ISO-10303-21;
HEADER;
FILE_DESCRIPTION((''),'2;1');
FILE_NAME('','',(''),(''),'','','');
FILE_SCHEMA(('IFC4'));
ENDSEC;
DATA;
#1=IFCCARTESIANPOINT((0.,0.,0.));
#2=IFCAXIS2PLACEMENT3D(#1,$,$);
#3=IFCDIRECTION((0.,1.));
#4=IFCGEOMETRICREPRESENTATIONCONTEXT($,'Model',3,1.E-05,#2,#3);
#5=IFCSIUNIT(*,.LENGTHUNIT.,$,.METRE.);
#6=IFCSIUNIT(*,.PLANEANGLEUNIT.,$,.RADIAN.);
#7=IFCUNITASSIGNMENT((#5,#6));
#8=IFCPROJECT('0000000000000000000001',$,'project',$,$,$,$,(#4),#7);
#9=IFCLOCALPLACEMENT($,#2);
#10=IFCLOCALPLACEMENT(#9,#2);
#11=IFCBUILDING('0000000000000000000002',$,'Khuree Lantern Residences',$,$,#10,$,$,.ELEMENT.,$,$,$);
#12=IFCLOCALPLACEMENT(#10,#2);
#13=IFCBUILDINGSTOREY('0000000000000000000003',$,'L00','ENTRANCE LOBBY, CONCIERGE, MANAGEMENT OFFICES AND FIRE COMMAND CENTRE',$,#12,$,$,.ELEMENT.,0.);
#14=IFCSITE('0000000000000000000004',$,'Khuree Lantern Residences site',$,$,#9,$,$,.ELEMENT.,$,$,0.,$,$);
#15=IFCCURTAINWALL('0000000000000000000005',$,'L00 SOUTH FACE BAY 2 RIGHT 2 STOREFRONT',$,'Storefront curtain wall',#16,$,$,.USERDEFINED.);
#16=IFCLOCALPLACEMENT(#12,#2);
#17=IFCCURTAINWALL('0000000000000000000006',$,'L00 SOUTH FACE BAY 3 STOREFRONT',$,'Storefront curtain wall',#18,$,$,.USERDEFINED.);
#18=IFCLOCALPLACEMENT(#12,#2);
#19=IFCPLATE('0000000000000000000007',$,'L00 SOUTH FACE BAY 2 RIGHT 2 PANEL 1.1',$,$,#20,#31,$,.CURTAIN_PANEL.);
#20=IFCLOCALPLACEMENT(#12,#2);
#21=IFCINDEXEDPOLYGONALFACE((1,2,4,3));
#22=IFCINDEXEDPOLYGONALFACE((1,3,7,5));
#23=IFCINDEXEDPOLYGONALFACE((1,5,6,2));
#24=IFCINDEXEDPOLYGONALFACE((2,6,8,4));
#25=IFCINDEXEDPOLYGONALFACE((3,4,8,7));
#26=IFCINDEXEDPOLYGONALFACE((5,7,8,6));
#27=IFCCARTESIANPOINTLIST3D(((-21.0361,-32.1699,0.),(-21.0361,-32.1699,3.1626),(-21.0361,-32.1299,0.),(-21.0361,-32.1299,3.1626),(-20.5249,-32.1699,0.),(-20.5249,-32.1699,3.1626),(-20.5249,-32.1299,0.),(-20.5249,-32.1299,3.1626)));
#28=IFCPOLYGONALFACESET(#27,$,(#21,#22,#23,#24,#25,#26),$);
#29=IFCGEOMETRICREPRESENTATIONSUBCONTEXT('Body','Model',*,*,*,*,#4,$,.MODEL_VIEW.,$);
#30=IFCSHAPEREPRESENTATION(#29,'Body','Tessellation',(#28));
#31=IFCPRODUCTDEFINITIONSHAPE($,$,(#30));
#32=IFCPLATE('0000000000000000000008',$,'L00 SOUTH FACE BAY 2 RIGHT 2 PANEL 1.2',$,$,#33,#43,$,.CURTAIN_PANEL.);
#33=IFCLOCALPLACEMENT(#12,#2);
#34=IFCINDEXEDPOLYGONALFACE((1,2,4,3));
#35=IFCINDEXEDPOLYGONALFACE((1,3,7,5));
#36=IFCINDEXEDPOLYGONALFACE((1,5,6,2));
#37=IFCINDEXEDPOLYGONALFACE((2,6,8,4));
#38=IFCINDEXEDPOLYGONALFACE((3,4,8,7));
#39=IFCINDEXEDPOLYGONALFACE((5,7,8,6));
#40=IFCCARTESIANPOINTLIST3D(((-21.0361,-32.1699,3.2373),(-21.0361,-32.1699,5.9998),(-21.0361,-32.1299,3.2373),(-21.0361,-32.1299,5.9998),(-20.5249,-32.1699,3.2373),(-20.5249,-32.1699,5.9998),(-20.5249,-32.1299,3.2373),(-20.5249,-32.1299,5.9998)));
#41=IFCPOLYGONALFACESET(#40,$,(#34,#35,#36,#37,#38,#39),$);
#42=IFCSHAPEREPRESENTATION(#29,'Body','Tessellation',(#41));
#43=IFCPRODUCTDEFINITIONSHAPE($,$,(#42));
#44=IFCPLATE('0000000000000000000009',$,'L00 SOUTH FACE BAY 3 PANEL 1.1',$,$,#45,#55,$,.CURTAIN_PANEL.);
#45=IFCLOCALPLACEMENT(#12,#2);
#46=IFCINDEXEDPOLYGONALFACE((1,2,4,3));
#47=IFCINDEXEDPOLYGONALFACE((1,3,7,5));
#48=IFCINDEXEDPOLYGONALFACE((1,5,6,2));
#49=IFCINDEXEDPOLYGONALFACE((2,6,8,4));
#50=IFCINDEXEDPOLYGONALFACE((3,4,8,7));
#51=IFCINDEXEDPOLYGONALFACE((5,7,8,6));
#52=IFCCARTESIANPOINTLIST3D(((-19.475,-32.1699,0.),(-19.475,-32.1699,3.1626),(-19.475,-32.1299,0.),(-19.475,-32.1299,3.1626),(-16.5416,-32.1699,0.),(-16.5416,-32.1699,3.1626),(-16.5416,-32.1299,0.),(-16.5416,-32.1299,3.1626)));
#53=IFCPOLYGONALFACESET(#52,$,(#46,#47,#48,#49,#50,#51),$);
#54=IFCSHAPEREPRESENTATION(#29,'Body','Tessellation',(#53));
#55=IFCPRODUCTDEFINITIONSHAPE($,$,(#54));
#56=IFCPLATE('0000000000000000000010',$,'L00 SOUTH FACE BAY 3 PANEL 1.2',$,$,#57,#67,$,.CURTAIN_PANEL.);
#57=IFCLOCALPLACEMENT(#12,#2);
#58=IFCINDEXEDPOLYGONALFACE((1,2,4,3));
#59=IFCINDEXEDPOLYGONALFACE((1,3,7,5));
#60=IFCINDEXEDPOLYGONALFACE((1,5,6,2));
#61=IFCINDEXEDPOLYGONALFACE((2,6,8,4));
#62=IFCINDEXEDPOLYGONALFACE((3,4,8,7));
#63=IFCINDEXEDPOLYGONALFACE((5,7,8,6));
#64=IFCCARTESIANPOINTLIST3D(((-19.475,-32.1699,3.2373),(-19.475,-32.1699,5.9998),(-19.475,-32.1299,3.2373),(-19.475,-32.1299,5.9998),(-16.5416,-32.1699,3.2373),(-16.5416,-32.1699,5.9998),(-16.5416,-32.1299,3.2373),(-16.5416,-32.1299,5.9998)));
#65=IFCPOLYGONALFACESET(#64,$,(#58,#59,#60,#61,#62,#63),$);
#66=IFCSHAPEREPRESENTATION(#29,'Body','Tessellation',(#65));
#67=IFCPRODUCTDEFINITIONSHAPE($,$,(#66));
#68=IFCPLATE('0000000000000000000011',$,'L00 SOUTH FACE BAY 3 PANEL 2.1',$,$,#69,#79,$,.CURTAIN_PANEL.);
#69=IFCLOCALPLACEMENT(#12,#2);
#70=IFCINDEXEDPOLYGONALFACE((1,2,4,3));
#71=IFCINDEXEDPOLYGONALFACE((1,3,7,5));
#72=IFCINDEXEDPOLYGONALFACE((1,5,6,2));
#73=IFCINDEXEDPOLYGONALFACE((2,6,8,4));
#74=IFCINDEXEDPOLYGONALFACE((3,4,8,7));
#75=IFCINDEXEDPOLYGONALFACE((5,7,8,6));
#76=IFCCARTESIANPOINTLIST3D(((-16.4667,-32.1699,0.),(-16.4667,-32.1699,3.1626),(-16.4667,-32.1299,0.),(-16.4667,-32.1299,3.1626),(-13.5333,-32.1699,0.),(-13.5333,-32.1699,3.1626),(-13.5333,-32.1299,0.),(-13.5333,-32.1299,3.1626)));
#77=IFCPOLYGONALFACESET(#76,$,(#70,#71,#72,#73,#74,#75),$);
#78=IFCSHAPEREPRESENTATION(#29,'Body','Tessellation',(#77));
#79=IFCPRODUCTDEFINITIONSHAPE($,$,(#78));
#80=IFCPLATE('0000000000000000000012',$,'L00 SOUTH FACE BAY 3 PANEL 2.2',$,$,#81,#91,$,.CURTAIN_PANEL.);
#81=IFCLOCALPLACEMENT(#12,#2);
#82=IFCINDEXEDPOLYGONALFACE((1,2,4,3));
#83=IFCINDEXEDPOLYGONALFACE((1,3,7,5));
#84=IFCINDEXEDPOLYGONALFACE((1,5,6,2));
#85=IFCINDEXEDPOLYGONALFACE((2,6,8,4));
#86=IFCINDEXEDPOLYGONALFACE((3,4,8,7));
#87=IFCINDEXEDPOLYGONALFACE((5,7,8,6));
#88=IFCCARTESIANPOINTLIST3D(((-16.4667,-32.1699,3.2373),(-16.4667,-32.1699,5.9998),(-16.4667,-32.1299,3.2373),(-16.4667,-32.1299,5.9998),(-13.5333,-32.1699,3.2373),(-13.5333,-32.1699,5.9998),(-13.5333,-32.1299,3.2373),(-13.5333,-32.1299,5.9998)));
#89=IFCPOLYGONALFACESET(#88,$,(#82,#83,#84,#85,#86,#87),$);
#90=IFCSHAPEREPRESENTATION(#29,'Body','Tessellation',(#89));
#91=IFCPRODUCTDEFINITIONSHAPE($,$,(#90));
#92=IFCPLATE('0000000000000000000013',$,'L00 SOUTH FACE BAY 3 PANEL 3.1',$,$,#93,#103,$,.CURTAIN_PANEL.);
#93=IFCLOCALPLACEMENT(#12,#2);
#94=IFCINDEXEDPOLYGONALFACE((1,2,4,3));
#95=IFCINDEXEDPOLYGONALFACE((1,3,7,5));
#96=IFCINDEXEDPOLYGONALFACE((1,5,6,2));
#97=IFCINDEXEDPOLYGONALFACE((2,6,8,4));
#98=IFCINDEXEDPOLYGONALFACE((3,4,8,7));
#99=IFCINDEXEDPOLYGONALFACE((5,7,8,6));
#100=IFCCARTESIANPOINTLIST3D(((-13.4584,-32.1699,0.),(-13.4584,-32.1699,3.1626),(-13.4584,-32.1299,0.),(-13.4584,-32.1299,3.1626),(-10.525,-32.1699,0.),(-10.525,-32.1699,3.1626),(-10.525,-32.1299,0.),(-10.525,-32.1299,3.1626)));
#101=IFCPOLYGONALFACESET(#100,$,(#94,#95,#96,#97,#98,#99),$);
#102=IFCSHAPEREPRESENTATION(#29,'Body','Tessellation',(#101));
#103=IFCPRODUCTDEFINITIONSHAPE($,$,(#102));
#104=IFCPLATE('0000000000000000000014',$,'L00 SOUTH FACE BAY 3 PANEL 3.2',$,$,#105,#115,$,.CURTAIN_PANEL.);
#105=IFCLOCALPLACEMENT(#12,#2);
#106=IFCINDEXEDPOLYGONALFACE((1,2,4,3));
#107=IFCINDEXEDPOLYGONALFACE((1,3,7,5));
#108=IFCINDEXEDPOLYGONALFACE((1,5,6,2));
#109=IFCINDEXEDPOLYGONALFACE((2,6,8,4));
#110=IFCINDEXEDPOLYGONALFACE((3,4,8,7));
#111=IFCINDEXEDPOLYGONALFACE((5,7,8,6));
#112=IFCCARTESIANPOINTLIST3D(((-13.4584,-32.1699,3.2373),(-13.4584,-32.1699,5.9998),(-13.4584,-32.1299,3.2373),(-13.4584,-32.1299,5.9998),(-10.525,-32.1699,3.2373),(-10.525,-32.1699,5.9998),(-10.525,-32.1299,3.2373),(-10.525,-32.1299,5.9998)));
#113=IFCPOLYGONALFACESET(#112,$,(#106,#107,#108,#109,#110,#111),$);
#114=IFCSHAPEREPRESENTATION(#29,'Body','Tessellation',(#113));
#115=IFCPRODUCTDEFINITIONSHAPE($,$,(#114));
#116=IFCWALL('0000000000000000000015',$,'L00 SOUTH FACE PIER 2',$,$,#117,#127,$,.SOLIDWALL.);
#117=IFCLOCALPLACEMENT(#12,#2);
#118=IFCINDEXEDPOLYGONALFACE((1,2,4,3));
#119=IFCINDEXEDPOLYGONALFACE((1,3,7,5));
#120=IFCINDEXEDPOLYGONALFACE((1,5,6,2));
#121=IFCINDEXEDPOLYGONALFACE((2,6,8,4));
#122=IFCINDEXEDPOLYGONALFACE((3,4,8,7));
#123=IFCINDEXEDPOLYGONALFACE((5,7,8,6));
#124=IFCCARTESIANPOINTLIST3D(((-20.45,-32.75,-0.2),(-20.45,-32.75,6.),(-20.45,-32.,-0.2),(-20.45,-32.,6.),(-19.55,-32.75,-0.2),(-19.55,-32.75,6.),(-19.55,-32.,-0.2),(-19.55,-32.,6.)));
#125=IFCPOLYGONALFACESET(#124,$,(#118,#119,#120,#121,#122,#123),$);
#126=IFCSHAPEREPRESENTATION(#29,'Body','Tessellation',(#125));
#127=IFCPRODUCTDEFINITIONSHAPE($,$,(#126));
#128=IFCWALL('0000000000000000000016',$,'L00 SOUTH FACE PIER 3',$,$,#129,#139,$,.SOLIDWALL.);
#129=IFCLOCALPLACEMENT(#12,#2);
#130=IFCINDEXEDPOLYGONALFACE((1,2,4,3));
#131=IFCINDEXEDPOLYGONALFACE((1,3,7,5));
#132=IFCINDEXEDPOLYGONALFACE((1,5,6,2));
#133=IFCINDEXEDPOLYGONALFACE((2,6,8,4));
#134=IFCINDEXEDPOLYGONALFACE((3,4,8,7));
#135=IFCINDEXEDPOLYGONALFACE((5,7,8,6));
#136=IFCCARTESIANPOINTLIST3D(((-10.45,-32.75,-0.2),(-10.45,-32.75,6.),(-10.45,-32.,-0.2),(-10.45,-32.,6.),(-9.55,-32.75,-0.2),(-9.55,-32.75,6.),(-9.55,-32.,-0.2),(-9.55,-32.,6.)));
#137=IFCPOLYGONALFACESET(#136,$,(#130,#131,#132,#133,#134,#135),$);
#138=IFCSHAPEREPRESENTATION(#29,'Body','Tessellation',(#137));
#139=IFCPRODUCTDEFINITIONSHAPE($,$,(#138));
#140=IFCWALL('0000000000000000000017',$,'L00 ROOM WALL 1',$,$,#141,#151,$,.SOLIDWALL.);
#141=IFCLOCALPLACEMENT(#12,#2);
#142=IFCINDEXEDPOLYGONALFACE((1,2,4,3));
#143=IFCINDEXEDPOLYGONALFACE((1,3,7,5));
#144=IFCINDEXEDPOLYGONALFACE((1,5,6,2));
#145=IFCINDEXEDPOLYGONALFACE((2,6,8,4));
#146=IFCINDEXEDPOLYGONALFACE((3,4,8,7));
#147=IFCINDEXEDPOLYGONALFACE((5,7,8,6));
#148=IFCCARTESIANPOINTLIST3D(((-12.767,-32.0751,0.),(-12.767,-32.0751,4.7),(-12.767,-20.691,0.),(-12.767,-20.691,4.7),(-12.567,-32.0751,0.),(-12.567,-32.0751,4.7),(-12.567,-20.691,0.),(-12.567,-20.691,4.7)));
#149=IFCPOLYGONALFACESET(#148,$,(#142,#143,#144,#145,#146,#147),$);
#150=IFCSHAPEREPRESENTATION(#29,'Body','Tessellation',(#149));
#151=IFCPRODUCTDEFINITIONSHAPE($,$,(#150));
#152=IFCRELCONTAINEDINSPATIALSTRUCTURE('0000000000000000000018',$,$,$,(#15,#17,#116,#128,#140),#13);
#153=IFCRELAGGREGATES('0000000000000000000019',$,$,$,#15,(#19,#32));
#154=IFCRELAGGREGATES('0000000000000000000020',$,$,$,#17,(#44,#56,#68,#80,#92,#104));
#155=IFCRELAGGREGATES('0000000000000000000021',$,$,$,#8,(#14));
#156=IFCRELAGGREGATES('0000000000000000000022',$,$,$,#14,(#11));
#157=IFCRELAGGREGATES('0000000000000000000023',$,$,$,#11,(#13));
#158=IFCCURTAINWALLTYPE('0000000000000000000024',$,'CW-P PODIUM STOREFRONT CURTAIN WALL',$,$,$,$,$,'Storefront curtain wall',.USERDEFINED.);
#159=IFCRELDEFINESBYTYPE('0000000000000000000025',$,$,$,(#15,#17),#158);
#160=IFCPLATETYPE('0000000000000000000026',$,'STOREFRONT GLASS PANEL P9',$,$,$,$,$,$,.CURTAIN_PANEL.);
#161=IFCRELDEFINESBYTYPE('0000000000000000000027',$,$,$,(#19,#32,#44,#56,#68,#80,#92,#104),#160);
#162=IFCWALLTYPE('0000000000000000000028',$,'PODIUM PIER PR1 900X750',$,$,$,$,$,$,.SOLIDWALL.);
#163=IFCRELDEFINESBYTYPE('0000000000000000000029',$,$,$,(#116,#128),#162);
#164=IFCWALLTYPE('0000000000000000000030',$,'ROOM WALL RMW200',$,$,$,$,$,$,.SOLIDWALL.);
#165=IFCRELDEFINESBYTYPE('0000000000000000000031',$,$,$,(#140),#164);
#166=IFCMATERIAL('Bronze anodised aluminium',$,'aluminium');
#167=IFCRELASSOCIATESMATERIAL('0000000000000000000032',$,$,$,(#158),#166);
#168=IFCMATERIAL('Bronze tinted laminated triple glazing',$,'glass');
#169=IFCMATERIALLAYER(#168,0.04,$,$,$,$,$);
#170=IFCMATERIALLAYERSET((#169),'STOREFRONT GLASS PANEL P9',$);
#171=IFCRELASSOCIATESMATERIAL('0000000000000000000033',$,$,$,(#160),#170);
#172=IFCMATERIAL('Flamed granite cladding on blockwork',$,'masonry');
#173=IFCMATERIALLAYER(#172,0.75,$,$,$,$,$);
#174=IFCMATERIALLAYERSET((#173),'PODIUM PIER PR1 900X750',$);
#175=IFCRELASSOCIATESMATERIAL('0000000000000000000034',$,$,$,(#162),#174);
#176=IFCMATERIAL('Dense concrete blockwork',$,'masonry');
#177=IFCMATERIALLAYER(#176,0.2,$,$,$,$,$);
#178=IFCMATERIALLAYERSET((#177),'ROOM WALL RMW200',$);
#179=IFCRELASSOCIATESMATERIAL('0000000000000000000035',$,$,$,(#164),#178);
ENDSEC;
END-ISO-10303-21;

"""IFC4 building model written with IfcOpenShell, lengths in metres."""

from ifc_helpers import new_model, si_unit, direction, frame, frame_2d, origin, origin_2d, place, context, subcontext, project, spatial, rectangle, extrude, material, layer, layer_set, type_object, element, aggregate, save


model = new_model("IFC4")

# Units and contexts
model_context = context("Model", 3, precision=1e-05, world=origin(), true_north=direction((0.0, 1.0)))
body_context = subcontext(model_context, "Body", "Model", "MODEL_VIEW")
ifc_project = project(units=[si_unit("LENGTHUNIT", "METRE"), si_unit("PLANEANGLEUNIT", "RADIAN")], contexts=[model_context])

# Site, building, storey
site_placement = place(None, origin())
site = spatial("IfcSite", under=ifc_project, at=site_placement, Name="Khuree Lantern Residences site", CompositionType="ELEMENT", RefElevation=0.0)
building_placement = place(site_placement, origin())
building = spatial("IfcBuilding", under=site, at=building_placement, Name="Khuree Lantern Residences", CompositionType="ELEMENT")
storey_placement = place(building_placement, origin())
storey = spatial("IfcBuildingStorey", under=building, at=storey_placement, Name="L00", Description="ENTRANCE LOBBY, CONCIERGE, MANAGEMENT OFFICES AND FIRE COMMAND CENTRE", CompositionType="ELEMENT", Elevation=0.0)

# Curtain wall
ifc_material_1 = material(Name="Bronze anodised aluminium", Category="aluminium")
curtain_wall_type = type_object("IfcCurtainWallType", Name="CW-P PODIUM STOREFRONT CURTAIN WALL", ElementType="Storefront curtain wall", PredefinedType="USERDEFINED", material=ifc_material_1)
curtain_wall_1_placement = place(storey_placement, origin())
curtain_wall_1 = element("IfcCurtainWall", 1, at=curtain_wall_1_placement, inside=storey, type_object=curtain_wall_type, Name="L00 SOUTH FACE BAY 2 RIGHT 2 STOREFRONT", ObjectType="Storefront curtain wall", PredefinedType="USERDEFINED")

# Curtain wall
curtain_wall_2_placement = place(storey_placement, origin())
curtain_wall_2 = element("IfcCurtainWall", 2, at=curtain_wall_2_placement, inside=storey, type_object=curtain_wall_type, Name="L00 SOUTH FACE BAY 3 STOREFRONT", ObjectType="Storefront curtain wall", PredefinedType="USERDEFINED")

# Plates
ifc_material_2 = material(Name="Bronze tinted laminated triple glazing", Category="glass")
ifc_layer_1 = layer(ifc_material_2, 0.04)
ifc_layer_set_1 = layer_set([ifc_layer_1], Name="STOREFRONT GLASS PANEL P9")
plate_type = type_object("IfcPlateType", Name="STOREFRONT GLASS PANEL P9", PredefinedType="CURTAIN_PANEL", material=ifc_layer_set_1)
plate_1_placement = place(storey_placement, frame((-20.7805, -32.1499, 0.0), z_axis=(0.0, 0.0, 1.0), x_axis=(1.0, 0.0, 0.0)))
plate_1 = element("IfcPlate", 3, at=plate_1_placement, type_object=plate_type, Name="L00 SOUTH FACE BAY 2 RIGHT 2 PANEL 1.1", PredefinedType="CURTAIN_PANEL", context=body_context, shape_type="SweptSolid", body=[
    extrude(rectangle(XDim=0.5112, YDim=0.04, at=origin_2d()), origin(), (0.0, 0.0, 1.0), 3.1626),
])
plate_2_placement = place(storey_placement, frame((-20.7805, -32.1499, 3.2373), z_axis=(0.0, 0.0, 1.0), x_axis=(1.0, 0.0, 0.0)))
plate_2 = element("IfcPlate", 4, at=plate_2_placement, type_object=plate_type, Name="L00 SOUTH FACE BAY 2 RIGHT 2 PANEL 1.2", PredefinedType="CURTAIN_PANEL", context=body_context, shape_type="SweptSolid", body=[
    extrude(rectangle(XDim=0.5112, YDim=0.04, at=origin_2d()), origin(), (0.0, 0.0, 1.0), 2.7625),
])
aggregate(curtain_wall_1, [plate_1, plate_2])
plate_3_placement = place(storey_placement, frame((-18.0083, -32.1499, 0.0), z_axis=(0.0, 0.0, 1.0), x_axis=(1.0, 0.0, 0.0)))
plate_3 = element("IfcPlate", 5, at=plate_3_placement, type_object=plate_type, Name="L00 SOUTH FACE BAY 3 PANEL 1.1", PredefinedType="CURTAIN_PANEL", context=body_context, shape_type="SweptSolid", body=[
    extrude(rectangle(XDim=2.9333, YDim=0.04, at=origin_2d()), origin(), (0.0, 0.0, 1.0), 3.1626),
])
plate_4_placement = place(storey_placement, frame((-18.0083, -32.1499, 3.2373), z_axis=(0.0, 0.0, 1.0), x_axis=(1.0, 0.0, 0.0)))
plate_4 = element("IfcPlate", 6, at=plate_4_placement, type_object=plate_type, Name="L00 SOUTH FACE BAY 3 PANEL 1.2", PredefinedType="CURTAIN_PANEL", context=body_context, shape_type="SweptSolid", body=[
    extrude(rectangle(XDim=2.9333, YDim=0.04, at=origin_2d()), origin(), (0.0, 0.0, 1.0), 2.7625),
])
plate_5_placement = place(storey_placement, frame((-15.0, -32.1499, 0.0), z_axis=(0.0, 0.0, 1.0), x_axis=(1.0, 0.0, 0.0)))
plate_5 = element("IfcPlate", 7, at=plate_5_placement, type_object=plate_type, Name="L00 SOUTH FACE BAY 3 PANEL 2.1", PredefinedType="CURTAIN_PANEL", context=body_context, shape_type="SweptSolid", body=[
    extrude(rectangle(XDim=2.9333, YDim=0.04, at=origin_2d()), origin(), (0.0, 0.0, 1.0), 3.1626),
])
plate_6_placement = place(storey_placement, frame((-15.0, -32.1499, 3.2373), z_axis=(0.0, 0.0, 1.0), x_axis=(1.0, 0.0, 0.0)))
plate_6 = element("IfcPlate", 8, at=plate_6_placement, type_object=plate_type, Name="L00 SOUTH FACE BAY 3 PANEL 2.2", PredefinedType="CURTAIN_PANEL", context=body_context, shape_type="SweptSolid", body=[
    extrude(rectangle(XDim=2.9333, YDim=0.04, at=origin_2d()), origin(), (0.0, 0.0, 1.0), 2.7625),
])
plate_7_placement = place(storey_placement, frame((-11.9917, -32.1499, 0.0), z_axis=(0.0, 0.0, 1.0), x_axis=(1.0, 0.0, 0.0)))
plate_7 = element("IfcPlate", 9, at=plate_7_placement, type_object=plate_type, Name="L00 SOUTH FACE BAY 3 PANEL 3.1", PredefinedType="CURTAIN_PANEL", context=body_context, shape_type="SweptSolid", body=[
    extrude(rectangle(XDim=2.9333, YDim=0.04, at=origin_2d()), origin(), (0.0, 0.0, 1.0), 3.1626),
])
plate_8_placement = place(storey_placement, frame((-11.9917, -32.1499, 3.2373), z_axis=(0.0, 0.0, 1.0), x_axis=(1.0, 0.0, 0.0)))
plate_8 = element("IfcPlate", 10, at=plate_8_placement, type_object=plate_type, Name="L00 SOUTH FACE BAY 3 PANEL 3.2", PredefinedType="CURTAIN_PANEL", context=body_context, shape_type="SweptSolid", body=[
    extrude(rectangle(XDim=2.9333, YDim=0.04, at=origin_2d()), origin(), (0.0, 0.0, 1.0), 2.7625),
])
aggregate(curtain_wall_2, [plate_3, plate_4, plate_5, plate_6, plate_7, plate_8])

# Walls
ifc_material_3 = material(Name="Flamed granite cladding on blockwork", Category="masonry")
ifc_layer_2 = layer(ifc_material_3, 0.75)
ifc_layer_set_2 = layer_set([ifc_layer_2], Name="PODIUM PIER PR1 900X750")
wall_type_1 = type_object("IfcWallType", Name="PODIUM PIER PR1 900X750", PredefinedType="SOLIDWALL", material=ifc_layer_set_2)
for number, where, z_axis, x_axis, name in (
    (11, (-20.45, -32.375, -0.2), (0.0, 0.0, 1.0), (1.0, 0.0, 0.0), "L00 SOUTH FACE PIER 2"),
    (12, (-10.45, -32.375, -0.2), (0.0, 0.0, 1.0), (1.0, 0.0, 0.0), "L00 SOUTH FACE PIER 3"),
):
    element("IfcWall", number, at=place(storey_placement, frame(where, z_axis=z_axis, x_axis=x_axis)), inside=storey, type_object=wall_type_1, Name=name, PredefinedType="SOLIDWALL", context=body_context, shape_type="SweptSolid", body=[
        extrude(rectangle(XDim=0.8999, YDim=0.75, at=frame_2d((0.45, 0.0))), origin(), (0.0, 0.0, 1.0), 6.2),
    ])
ifc_material_4 = material(Name="Dense concrete blockwork", Category="masonry")
ifc_layer_3 = layer(ifc_material_4, 0.2)
ifc_layer_set_3 = layer_set([ifc_layer_3], Name="ROOM WALL RMW200")
wall_type_2 = type_object("IfcWallType", Name="ROOM WALL RMW200", PredefinedType="SOLIDWALL", material=ifc_layer_set_3)
wall_placement = place(storey_placement, frame((-12.667, -32.075, 0.0), z_axis=(0.0, 0.0, 1.0), x_axis=(0.0, 1.0, 0.0)))
element("IfcWall", 13, at=wall_placement, inside=storey, type_object=wall_type_2, Name="L00 ROOM WALL 1", PredefinedType="SOLIDWALL", context=body_context, shape_type="SweptSolid", body=[
    extrude(rectangle(XDim=11.384, YDim=0.2, at=frame_2d((5.6919, 0.0))), origin(), (0.0, 0.0, 1.0), 4.7),
])

save(model, "model.ifc")
